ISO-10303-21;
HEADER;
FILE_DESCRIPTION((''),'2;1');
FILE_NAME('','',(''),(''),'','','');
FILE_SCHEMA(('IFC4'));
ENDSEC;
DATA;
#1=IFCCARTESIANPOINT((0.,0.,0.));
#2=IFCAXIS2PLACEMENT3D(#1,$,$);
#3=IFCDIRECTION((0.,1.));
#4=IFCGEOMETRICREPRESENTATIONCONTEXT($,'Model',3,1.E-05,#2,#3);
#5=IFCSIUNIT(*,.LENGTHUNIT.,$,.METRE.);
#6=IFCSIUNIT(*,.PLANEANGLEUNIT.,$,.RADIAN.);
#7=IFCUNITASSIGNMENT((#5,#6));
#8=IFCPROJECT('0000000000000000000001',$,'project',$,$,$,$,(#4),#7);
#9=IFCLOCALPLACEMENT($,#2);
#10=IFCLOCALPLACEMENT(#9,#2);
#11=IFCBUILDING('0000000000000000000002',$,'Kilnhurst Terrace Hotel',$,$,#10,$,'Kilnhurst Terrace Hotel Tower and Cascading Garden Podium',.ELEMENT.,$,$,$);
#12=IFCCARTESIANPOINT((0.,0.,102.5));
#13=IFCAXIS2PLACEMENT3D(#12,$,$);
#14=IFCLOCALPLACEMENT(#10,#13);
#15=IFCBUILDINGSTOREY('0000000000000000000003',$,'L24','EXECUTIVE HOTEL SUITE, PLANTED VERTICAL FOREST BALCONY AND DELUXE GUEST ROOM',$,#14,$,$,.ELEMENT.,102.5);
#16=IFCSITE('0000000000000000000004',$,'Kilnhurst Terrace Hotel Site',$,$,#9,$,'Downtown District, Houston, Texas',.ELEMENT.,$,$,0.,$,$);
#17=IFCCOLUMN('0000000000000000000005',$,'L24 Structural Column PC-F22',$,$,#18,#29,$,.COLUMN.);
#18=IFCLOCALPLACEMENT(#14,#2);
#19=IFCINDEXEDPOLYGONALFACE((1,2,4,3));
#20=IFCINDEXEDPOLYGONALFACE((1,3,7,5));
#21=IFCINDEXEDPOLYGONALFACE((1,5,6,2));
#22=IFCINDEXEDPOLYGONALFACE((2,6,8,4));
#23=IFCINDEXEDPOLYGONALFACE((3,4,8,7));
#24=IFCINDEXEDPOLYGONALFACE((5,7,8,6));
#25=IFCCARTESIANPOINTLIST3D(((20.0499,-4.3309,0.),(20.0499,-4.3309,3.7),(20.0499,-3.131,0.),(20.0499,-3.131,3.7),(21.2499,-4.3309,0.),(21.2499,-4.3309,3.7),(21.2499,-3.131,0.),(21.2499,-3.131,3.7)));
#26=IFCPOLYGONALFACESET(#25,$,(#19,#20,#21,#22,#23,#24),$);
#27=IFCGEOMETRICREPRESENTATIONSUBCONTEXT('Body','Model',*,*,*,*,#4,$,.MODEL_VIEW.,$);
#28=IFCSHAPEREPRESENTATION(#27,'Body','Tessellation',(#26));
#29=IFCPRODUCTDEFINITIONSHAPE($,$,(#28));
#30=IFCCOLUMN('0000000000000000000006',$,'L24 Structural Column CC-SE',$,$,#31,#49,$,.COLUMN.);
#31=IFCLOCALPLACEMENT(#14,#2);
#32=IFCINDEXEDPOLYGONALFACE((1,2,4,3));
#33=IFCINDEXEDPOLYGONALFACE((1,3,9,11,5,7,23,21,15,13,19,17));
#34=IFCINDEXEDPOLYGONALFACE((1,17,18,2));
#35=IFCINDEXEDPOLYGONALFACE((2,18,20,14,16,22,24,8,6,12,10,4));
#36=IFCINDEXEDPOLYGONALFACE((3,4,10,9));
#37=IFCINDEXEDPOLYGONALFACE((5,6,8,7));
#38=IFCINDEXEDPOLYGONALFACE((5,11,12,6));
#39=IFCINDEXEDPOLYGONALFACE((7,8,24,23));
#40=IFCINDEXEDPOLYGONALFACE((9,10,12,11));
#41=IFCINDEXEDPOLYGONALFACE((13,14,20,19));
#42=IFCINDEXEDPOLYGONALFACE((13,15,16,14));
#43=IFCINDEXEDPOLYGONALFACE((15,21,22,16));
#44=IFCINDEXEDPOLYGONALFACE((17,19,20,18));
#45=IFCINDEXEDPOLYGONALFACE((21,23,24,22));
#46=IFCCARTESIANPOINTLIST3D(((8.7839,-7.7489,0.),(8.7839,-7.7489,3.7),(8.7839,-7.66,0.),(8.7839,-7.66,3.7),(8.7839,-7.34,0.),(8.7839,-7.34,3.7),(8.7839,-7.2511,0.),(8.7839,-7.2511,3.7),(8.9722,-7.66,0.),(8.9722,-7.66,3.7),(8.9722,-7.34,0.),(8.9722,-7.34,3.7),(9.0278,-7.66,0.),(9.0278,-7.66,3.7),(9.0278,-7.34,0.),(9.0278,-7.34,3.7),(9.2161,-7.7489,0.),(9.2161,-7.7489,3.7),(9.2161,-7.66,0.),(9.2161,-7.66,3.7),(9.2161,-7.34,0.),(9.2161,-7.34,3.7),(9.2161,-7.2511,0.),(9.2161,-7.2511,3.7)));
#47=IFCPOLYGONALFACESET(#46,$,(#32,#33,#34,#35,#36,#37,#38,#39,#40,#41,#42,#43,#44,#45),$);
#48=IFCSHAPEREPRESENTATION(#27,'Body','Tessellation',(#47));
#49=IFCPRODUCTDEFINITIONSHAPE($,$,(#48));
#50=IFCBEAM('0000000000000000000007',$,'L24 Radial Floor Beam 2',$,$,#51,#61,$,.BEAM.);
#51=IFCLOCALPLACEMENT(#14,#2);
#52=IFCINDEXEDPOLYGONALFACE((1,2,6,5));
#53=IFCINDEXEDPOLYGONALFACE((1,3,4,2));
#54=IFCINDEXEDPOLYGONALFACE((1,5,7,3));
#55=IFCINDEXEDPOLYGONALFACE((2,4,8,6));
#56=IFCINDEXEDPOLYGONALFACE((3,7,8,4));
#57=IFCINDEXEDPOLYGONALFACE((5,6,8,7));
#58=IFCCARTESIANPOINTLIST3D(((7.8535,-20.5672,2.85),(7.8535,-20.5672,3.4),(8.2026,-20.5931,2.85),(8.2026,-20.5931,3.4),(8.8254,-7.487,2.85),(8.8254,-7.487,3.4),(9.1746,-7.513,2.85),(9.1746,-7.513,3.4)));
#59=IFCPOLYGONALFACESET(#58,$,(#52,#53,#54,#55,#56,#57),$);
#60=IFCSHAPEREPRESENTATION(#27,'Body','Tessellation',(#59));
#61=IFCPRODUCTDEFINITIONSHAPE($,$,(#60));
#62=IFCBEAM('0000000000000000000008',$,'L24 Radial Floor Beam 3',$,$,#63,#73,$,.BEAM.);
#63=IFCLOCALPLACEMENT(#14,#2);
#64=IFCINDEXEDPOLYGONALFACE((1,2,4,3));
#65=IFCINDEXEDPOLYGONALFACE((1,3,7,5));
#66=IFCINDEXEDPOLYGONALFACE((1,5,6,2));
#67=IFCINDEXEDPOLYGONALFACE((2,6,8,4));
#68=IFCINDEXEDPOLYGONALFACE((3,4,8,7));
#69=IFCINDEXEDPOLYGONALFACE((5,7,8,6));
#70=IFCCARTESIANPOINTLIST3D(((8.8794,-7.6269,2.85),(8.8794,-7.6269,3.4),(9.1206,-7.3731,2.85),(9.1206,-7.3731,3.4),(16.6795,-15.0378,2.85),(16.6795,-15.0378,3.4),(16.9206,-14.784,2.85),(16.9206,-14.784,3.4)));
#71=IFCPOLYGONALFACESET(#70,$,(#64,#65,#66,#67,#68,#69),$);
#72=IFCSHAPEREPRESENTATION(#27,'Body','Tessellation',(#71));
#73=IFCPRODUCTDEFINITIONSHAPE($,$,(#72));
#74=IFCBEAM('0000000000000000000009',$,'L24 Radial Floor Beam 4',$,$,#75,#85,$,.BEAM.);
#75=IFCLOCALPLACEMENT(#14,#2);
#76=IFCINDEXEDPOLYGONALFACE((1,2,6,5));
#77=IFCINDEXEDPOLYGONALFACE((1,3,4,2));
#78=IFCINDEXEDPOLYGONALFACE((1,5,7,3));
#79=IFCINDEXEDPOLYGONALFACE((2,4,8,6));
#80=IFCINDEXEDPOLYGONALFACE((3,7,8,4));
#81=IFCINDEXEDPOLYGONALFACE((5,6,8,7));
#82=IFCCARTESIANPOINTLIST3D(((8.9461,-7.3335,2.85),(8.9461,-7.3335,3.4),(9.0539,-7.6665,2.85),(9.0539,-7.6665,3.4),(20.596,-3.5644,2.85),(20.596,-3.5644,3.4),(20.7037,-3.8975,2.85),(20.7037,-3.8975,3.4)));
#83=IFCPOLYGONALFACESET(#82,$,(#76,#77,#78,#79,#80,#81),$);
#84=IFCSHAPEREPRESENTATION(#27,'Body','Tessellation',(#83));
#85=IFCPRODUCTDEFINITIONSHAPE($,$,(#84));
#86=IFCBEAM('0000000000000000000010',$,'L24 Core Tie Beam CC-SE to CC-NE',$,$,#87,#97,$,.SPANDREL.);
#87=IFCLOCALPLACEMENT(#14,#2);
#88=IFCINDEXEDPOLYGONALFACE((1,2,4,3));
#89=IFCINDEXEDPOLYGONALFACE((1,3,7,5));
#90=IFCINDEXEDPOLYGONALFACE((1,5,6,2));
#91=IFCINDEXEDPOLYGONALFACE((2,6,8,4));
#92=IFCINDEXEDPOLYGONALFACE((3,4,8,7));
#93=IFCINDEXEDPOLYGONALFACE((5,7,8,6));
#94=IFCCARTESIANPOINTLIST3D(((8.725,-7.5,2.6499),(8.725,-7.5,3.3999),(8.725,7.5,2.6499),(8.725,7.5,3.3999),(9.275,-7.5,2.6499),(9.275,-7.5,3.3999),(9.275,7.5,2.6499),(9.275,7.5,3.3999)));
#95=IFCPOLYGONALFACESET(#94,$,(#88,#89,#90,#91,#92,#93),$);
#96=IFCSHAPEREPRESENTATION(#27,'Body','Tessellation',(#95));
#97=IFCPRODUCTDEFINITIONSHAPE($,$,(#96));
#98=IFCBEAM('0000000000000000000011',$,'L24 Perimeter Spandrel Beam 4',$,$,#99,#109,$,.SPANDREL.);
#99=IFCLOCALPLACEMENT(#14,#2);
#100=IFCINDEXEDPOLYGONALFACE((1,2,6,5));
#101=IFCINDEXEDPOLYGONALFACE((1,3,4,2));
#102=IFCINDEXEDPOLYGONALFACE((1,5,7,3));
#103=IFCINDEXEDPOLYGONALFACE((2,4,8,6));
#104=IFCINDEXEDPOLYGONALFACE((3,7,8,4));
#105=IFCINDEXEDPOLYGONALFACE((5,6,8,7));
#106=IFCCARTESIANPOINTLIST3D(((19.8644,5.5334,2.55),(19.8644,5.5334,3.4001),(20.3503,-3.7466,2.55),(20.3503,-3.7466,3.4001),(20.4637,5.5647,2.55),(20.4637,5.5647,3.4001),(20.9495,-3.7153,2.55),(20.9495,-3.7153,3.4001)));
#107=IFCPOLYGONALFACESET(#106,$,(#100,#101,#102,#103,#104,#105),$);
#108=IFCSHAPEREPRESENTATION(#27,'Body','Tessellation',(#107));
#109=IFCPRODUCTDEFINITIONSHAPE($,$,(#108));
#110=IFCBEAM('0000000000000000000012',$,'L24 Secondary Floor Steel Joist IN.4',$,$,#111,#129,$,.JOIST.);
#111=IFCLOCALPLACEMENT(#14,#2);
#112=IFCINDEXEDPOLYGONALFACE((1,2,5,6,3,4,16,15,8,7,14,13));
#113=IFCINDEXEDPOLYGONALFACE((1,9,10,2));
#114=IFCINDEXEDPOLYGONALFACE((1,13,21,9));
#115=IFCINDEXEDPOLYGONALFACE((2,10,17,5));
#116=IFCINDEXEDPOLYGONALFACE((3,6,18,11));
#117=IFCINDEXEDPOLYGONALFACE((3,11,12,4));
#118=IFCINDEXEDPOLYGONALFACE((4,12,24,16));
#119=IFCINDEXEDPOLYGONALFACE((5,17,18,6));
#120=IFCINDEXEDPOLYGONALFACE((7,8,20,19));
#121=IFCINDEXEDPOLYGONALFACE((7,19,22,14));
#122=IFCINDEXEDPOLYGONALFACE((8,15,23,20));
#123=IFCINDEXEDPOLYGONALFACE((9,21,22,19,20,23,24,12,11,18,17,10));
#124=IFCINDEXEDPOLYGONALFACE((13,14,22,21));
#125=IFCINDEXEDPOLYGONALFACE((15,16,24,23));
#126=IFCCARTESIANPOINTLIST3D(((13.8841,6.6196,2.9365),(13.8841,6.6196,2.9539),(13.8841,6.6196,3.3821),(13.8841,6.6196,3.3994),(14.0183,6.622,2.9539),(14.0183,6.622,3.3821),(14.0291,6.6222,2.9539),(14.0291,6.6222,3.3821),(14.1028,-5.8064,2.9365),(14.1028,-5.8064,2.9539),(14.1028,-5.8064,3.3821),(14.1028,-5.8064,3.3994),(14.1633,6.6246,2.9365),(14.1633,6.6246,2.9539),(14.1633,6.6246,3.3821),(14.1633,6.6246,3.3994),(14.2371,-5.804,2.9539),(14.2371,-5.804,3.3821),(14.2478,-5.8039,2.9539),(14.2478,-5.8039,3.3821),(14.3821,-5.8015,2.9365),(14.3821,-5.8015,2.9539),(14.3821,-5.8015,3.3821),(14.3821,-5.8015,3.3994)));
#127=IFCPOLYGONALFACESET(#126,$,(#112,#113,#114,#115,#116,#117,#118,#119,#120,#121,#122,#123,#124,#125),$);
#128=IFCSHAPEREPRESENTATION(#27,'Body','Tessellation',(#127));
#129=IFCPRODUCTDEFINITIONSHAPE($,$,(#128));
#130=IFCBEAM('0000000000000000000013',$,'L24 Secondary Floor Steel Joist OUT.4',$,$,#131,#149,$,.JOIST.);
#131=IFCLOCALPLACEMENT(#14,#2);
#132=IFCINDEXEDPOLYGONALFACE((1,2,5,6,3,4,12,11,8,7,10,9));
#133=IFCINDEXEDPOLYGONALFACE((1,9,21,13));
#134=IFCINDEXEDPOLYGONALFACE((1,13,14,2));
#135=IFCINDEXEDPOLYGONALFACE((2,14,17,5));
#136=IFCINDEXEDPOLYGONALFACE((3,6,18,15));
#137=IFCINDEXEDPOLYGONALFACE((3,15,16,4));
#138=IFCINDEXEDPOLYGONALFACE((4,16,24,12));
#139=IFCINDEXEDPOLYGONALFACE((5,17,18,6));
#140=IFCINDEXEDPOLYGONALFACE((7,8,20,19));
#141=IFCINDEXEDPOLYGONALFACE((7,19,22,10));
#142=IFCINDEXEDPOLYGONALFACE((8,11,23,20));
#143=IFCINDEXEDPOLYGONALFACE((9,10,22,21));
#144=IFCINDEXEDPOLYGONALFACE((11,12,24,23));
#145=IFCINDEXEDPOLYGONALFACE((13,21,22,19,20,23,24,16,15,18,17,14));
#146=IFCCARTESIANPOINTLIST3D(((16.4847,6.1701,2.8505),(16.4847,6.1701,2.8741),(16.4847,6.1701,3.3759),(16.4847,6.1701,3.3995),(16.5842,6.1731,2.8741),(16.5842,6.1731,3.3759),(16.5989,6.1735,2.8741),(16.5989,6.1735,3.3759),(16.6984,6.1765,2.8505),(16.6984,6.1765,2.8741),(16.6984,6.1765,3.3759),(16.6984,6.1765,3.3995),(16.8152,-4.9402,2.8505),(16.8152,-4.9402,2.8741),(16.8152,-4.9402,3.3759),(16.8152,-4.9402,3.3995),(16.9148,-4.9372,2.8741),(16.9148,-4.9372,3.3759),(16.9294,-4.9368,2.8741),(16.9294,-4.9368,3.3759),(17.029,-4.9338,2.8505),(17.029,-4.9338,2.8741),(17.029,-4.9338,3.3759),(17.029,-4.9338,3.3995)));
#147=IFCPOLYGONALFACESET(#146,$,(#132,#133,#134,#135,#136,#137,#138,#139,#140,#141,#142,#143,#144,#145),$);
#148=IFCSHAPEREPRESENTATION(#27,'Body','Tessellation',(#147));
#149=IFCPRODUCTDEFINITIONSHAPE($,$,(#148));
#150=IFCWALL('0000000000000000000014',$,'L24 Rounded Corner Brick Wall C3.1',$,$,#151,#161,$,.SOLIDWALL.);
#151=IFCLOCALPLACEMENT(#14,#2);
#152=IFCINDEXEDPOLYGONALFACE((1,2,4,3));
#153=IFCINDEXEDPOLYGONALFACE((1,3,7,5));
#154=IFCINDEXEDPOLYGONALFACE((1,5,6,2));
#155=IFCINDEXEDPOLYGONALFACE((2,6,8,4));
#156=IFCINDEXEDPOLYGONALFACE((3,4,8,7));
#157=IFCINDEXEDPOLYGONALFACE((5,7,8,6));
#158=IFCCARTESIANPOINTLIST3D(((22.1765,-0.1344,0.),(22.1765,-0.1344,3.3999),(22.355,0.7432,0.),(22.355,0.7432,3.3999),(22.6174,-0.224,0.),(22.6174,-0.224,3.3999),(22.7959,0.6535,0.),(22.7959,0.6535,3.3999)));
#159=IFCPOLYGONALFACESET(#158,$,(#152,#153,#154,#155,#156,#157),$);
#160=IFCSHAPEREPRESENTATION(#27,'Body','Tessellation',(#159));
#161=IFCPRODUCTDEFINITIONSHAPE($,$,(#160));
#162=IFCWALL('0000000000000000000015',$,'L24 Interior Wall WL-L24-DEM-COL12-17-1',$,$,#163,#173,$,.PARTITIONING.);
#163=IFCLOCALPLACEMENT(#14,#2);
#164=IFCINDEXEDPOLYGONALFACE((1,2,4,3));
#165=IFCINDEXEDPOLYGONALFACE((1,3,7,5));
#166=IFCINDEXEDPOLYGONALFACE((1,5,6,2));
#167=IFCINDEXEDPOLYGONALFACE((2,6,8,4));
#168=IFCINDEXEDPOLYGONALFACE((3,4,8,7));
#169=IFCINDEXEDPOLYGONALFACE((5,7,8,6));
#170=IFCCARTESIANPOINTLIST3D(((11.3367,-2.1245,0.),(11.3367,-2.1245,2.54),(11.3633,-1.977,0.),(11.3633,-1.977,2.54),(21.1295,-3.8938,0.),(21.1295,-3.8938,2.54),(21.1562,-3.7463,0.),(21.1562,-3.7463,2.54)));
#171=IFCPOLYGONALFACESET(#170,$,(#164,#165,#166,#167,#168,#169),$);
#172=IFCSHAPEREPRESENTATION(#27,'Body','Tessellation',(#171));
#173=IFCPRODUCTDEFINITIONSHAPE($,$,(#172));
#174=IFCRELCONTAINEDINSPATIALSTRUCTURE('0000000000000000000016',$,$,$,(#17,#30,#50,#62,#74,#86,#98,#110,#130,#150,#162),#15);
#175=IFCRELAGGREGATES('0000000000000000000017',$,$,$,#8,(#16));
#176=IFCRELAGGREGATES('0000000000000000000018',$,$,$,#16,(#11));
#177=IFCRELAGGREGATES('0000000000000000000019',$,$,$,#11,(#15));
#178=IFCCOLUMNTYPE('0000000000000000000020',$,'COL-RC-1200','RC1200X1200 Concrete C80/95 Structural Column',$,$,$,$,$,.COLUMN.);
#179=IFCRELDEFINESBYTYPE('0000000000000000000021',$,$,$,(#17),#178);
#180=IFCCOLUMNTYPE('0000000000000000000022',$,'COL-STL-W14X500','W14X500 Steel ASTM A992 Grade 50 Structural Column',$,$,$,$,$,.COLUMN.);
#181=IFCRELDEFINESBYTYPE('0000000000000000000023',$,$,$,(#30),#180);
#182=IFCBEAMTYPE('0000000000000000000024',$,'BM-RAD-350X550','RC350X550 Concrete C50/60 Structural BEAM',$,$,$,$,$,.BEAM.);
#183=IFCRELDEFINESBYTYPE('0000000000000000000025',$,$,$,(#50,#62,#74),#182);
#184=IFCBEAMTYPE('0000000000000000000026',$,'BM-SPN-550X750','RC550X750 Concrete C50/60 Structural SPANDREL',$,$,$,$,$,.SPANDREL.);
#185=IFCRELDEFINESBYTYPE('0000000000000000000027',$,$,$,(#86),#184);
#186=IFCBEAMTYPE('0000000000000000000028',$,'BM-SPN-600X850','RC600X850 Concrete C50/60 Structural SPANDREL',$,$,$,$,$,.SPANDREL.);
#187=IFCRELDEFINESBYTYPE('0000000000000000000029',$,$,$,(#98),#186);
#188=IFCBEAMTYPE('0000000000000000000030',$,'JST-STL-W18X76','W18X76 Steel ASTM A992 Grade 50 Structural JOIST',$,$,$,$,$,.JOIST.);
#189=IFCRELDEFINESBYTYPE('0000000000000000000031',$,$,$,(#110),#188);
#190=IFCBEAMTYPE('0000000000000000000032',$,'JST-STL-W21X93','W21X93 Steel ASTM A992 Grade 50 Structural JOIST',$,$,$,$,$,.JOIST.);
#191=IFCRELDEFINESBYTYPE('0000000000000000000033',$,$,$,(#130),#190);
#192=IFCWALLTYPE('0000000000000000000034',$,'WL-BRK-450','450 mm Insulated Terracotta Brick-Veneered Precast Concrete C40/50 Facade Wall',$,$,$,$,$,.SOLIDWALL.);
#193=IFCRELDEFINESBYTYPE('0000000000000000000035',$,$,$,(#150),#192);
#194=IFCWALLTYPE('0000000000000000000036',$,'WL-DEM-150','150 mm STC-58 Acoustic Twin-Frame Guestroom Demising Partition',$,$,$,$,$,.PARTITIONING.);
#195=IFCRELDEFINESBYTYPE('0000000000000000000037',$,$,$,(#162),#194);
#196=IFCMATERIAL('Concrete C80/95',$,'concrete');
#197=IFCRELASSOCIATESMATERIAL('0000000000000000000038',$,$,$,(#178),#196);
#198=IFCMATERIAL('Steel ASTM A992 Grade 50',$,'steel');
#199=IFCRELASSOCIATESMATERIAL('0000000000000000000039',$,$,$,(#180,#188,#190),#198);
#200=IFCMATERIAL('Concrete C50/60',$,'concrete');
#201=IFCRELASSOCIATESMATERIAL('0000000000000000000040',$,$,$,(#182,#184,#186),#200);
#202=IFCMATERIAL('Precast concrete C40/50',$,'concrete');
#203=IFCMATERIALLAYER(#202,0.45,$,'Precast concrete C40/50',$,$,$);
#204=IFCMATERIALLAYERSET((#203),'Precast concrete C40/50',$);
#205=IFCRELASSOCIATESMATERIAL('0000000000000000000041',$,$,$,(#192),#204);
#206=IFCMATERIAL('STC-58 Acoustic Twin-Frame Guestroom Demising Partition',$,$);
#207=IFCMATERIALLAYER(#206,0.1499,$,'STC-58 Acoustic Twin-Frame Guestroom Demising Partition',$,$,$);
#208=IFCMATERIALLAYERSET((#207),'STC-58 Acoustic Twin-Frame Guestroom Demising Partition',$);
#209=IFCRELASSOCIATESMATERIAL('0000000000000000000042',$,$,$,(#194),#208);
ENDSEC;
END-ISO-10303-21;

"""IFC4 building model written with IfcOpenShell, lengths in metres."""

from ifc_helpers import new_model, si_unit, direction, frame, frame_2d, origin, origin_2d, place, context, subcontext, project, spatial, rectangle, i_section, extrude, material, layer, layer_set, material_profile, profile_set, type_object, element, save


model = new_model("IFC4")

# Units and contexts
model_context = context("Model", 3, precision=1e-05, world=origin(), true_north=direction((0.0, 1.0)))
body_context = subcontext(model_context, "Body", "Model", "MODEL_VIEW")
ifc_project = project(units=[si_unit("LENGTHUNIT", "METRE"), si_unit("PLANEANGLEUNIT", "RADIAN")], contexts=[model_context])

# Site, building, storey
site_placement = place(None, origin())
site = spatial("IfcSite", under=ifc_project, at=site_placement, Name="Kilnhurst Terrace Hotel Site", LongName="Downtown District, Houston, Texas", CompositionType="ELEMENT", RefElevation=0.0)
building_placement = place(site_placement, origin())
building = spatial("IfcBuilding", under=site, at=building_placement, Name="Kilnhurst Terrace Hotel", LongName="Kilnhurst Terrace Hotel Tower and Cascading Garden Podium", CompositionType="ELEMENT")
storey_placement = place(building_placement, frame((0.0, 0.0, 102.5)))
storey = spatial("IfcBuildingStorey", under=building, at=storey_placement, Name="L24", Description="EXECUTIVE HOTEL SUITE, PLANTED VERTICAL FOREST BALCONY AND DELUXE GUEST ROOM", CompositionType="ELEMENT", Elevation=102.5)

# Columns
ifc_material_1 = material(Name="Concrete C80/95", Category="concrete")
ifc_material_profile_1 = material_profile(ifc_material_1, rectangle(XDim=1.2, YDim=1.2, at=origin_2d()), Name="RC1200X1200")
ifc_profile_set_1 = profile_set([ifc_material_profile_1], Name="Concrete C80/95")
column_type_1 = type_object("IfcColumnType", Name="COL-RC-1200", Description="RC1200X1200 Concrete C80/95 Structural Column", PredefinedType="COLUMN", material=ifc_profile_set_1)
column_1_placement = place(storey_placement, frame((20.6499, -3.731, 0.0), z_axis=(0.0, 0.0, 1.0), x_axis=(1.0, 0.0, 0.0)))
element("IfcColumn", 1, at=column_1_placement, inside=storey, type_object=column_type_1, Name="L24 Structural Column PC-F22", PredefinedType="COLUMN", context=body_context, shape_type="SweptSolid", body=[
    extrude(rectangle(XDim=1.2, YDim=1.2, at=origin_2d()), origin(), (0.0, 0.0, 1.0), 3.7),
])
ifc_material_2 = material(Name="Steel ASTM A992 Grade 50", Category="steel")
ifc_material_profile_2 = material_profile(ifc_material_2, i_section(OverallWidth=0.4321, OverallDepth=0.4978, WebThickness=0.0557, FlangeThickness=0.0889, at=origin_2d()), Name="W14X500")
ifc_profile_set_2 = profile_set([ifc_material_profile_2], Name="Steel ASTM A992 Grade 50")
column_type_2 = type_object("IfcColumnType", Name="COL-STL-W14X500", Description="W14X500 Steel ASTM A992 Grade 50 Structural Column", PredefinedType="COLUMN", material=ifc_profile_set_2)
column_2_placement = place(storey_placement, frame((9.0, -7.5, 0.0), z_axis=(0.0, 0.0, 1.0), x_axis=(1.0, 0.0, 0.0)))
element("IfcColumn", 2, at=column_2_placement, inside=storey, type_object=column_type_2, Name="L24 Structural Column CC-SE", PredefinedType="COLUMN", context=body_context, shape_type="SweptSolid", body=[
    extrude(i_section(OverallWidth=0.4321, OverallDepth=0.4978, WebThickness=0.0557, FlangeThickness=0.0889, at=origin_2d()), origin(), (0.0, 0.0, 1.0), 3.7),
])

# Beams
ifc_material_3 = material(Name="Concrete C50/60", Category="concrete")
ifc_material_profile_3 = material_profile(ifc_material_3, rectangle(XDim=0.3501, YDim=0.55, at=origin_2d()), Name="RC350X550")
ifc_profile_set_3 = profile_set([ifc_material_profile_3], Name="Concrete C50/60")
beam_type_1 = type_object("IfcBeamType", Name="BM-RAD-350X550", Description="RC350X550 Concrete C50/60 Structural BEAM", PredefinedType="BEAM", material=ifc_profile_set_3)
beam_1_placement = place(storey_placement, frame((9.0, -7.5, 3.125), z_axis=(-0.074101, -0.997251, 0.0), x_axis=(0.997251, -0.074101, 0.0)))
element("IfcBeam", 3, at=beam_1_placement, inside=storey, type_object=beam_type_1, Name="L24 Radial Floor Beam 2", PredefinedType="BEAM", context=body_context, shape_type="SweptSolid", body=[
    extrude(rectangle(XDim=0.3501, YDim=0.55, at=origin_2d()), origin(), (0.0, 0.0, 1.0), 13.1162),
])
beam_2_placement = place(storey_placement, frame((9.0, -7.5, 3.125), z_axis=(0.72496, -0.688791, 0.0), x_axis=(0.688791, 0.72496, 0.0)))
element("IfcBeam", 4, at=beam_2_placement, inside=storey, type_object=beam_type_1, Name="L24 Radial Floor Beam 3", PredefinedType="BEAM", context=body_context, shape_type="SweptSolid", body=[
    extrude(rectangle(XDim=0.3501, YDim=0.55, at=origin_2d()), origin(), (0.0, 0.0, 1.0), 10.7593),
])
beam_3_placement = place(storey_placement, frame((9.0, -7.5, 3.125), z_axis=(0.951446, 0.307817, 0.0), x_axis=(-0.307817, 0.951446, 0.0)))
element("IfcBeam", 5, at=beam_3_placement, inside=storey, type_object=beam_type_1, Name="L24 Radial Floor Beam 4", PredefinedType="BEAM", context=body_context, shape_type="SweptSolid", body=[
    extrude(rectangle(XDim=0.3501, YDim=0.55, at=origin_2d()), origin(), (0.0, 0.0, 1.0), 12.2444),
])
ifc_material_profile_4 = material_profile(ifc_material_3, rectangle(XDim=0.55, YDim=0.75, at=origin_2d()), Name="RC550X750")
ifc_profile_set_4 = profile_set([ifc_material_profile_4], Name="Concrete C50/60")
beam_type_2 = type_object("IfcBeamType", Name="BM-SPN-550X750", Description="RC550X750 Concrete C50/60 Structural SPANDREL", PredefinedType="SPANDREL", material=ifc_profile_set_4)
beam_4_placement = place(storey_placement, frame((9.0, -7.5, 3.0249), z_axis=(0.0, 1.0, 0.0), x_axis=(-1.0, 0.0, 0.0)))
element("IfcBeam", 6, at=beam_4_placement, inside=storey, type_object=beam_type_2, Name="L24 Core Tie Beam CC-SE to CC-NE", PredefinedType="SPANDREL", context=body_context, shape_type="SweptSolid", body=[
    extrude(rectangle(XDim=0.55, YDim=0.75, at=origin_2d()), origin(), (0.0, 0.0, 1.0), 15.0),
])
ifc_material_profile_5 = material_profile(ifc_material_3, rectangle(XDim=0.6001, YDim=0.8501, at=origin_2d()), Name="RC600X850")
ifc_profile_set_5 = profile_set([ifc_material_profile_5], Name="Concrete C50/60")
beam_type_3 = type_object("IfcBeamType", Name="BM-SPN-600X850", Description="RC600X850 Concrete C50/60 Structural SPANDREL", PredefinedType="SPANDREL", material=ifc_profile_set_5)
beam_5_placement = place(storey_placement, frame((20.6499, -3.731, 2.9751), z_axis=(-0.052282, 0.998632, 0.0), x_axis=(-0.998632, -0.052282, 0.0)))
element("IfcBeam", 7, at=beam_5_placement, inside=storey, type_object=beam_type_3, Name="L24 Perimeter Spandrel Beam 4", PredefinedType="SPANDREL", context=body_context, shape_type="SweptSolid", body=[
    extrude(rectangle(XDim=0.6001, YDim=0.8501, at=origin_2d()), origin(), (0.0, 0.0, 1.0), 9.2927),
])
ifc_material_profile_6 = material_profile(ifc_material_2, i_section(OverallWidth=0.2793, OverallDepth=0.4629, WebThickness=0.0107, FlangeThickness=0.0173, at=origin_2d()), Name="W18X76")
ifc_profile_set_6 = profile_set([ifc_material_profile_6], Name="Steel ASTM A992 Grade 50")
beam_type_4 = type_object("IfcBeamType", Name="JST-STL-W18X76", Description="W18X76 Steel ASTM A992 Grade 50 Structural JOIST", PredefinedType="JOIST", material=ifc_profile_set_6)
beam_6_placement = place(storey_placement, frame((14.2424, -5.804, 3.168), z_axis=(-0.017601, 0.999845, 0.0), x_axis=(-0.999845, -0.017601, 0.0)))
element("IfcBeam", 8, at=beam_6_placement, inside=storey, type_object=beam_type_4, Name="L24 Secondary Floor Steel Joist IN.4", PredefinedType="JOIST", context=body_context, shape_type="SweptSolid", body=[
    extrude(i_section(OverallWidth=0.2793, OverallDepth=0.4629, WebThickness=0.0107, FlangeThickness=0.0173, at=origin_2d()), origin(), (0.0, 0.0, 1.0), 12.428),
])
ifc_material_profile_7 = material_profile(ifc_material_2, i_section(OverallWidth=0.2139, OverallDepth=0.5491, WebThickness=0.0146, FlangeThickness=0.0237, at=origin_2d()), Name="W21X93")
ifc_profile_set_7 = profile_set([ifc_material_profile_7], Name="Steel ASTM A992 Grade 50")
beam_type_5 = type_object("IfcBeamType", Name="JST-STL-W21X93", Description="W21X93 Steel ASTM A992 Grade 50 Structural JOIST", PredefinedType="JOIST", material=ifc_profile_set_7)
beam_7_placement = place(storey_placement, frame((16.9221, -4.937, 3.125), z_axis=(-0.02974, 0.999558, 0.0), x_axis=(-0.999558, -0.02974, 0.0)))
element("IfcBeam", 9, at=beam_7_placement, inside=storey, type_object=beam_type_5, Name="L24 Secondary Floor Steel Joist OUT.4", PredefinedType="JOIST", context=body_context, shape_type="SweptSolid", body=[
    extrude(i_section(OverallWidth=0.2139, OverallDepth=0.5491, WebThickness=0.0146, FlangeThickness=0.0237, at=origin_2d()), origin(), (0.0, 0.0, 1.0), 11.1152),
])

# Wall
ifc_material_4 = material(Name="Precast concrete C40/50", Category="concrete")
ifc_layer_1 = layer(ifc_material_4, 0.45, Name="Precast concrete C40/50")
ifc_layer_set_1 = layer_set([ifc_layer_1], Name="Precast concrete C40/50")
wall_type_1 = type_object("IfcWallType", Name="WL-BRK-450", Description="450 mm Insulated Terracotta Brick-Veneered Precast Concrete C40/50 Facade Wall", PredefinedType="SOLIDWALL", material=ifc_layer_set_1)
wall_1_placement = place(storey_placement, frame((22.397, -0.1792, 0.0), z_axis=(0.0, 0.0, 1.0), x_axis=(0.199314, 0.979936, 0.0)))
element("IfcWall", 10, at=wall_1_placement, inside=storey, type_object=wall_type_1, Name="L24 Rounded Corner Brick Wall C3.1", PredefinedType="SOLIDWALL", context=body_context, shape_type="SweptSolid", body=[
    extrude(rectangle(XDim=0.8955, YDim=0.45, at=frame_2d((0.4478, 0.0))), origin(), (0.0, 0.0, 1.0), 3.3999),
])

# Wall
ifc_material_5 = material(Name="STC-58 Acoustic Twin-Frame Guestroom Demising Partition")
ifc_layer_2 = layer(ifc_material_5, 0.1499, Name="STC-58 Acoustic Twin-Frame Guestroom Demising Partition")
ifc_layer_set_2 = layer_set([ifc_layer_2], Name="STC-58 Acoustic Twin-Frame Guestroom Demising Partition")
wall_type_2 = type_object("IfcWallType", Name="WL-DEM-150", Description="150 mm STC-58 Acoustic Twin-Frame Guestroom Demising Partition", PredefinedType="PARTITIONING", material=ifc_layer_set_2)
wall_2_placement = place(storey_placement, frame((11.3501, -2.0508, 0.0), z_axis=(0.0, 0.0, 1.0), x_axis=(0.984068, -0.177791, 0.0)))
element("IfcWall", 11, at=wall_2_placement, inside=storey, type_object=wall_type_2, Name="L24 Interior Wall WL-L24-DEM-COL12-17-1", PredefinedType="PARTITIONING", context=body_context, shape_type="SweptSolid", body=[
    extrude(rectangle(XDim=9.9514, YDim=0.1499, at=frame_2d((4.9756, 0.0))), origin(), (0.0, 0.0, 1.0), 2.54),
])

save(model, "model.ifc")
